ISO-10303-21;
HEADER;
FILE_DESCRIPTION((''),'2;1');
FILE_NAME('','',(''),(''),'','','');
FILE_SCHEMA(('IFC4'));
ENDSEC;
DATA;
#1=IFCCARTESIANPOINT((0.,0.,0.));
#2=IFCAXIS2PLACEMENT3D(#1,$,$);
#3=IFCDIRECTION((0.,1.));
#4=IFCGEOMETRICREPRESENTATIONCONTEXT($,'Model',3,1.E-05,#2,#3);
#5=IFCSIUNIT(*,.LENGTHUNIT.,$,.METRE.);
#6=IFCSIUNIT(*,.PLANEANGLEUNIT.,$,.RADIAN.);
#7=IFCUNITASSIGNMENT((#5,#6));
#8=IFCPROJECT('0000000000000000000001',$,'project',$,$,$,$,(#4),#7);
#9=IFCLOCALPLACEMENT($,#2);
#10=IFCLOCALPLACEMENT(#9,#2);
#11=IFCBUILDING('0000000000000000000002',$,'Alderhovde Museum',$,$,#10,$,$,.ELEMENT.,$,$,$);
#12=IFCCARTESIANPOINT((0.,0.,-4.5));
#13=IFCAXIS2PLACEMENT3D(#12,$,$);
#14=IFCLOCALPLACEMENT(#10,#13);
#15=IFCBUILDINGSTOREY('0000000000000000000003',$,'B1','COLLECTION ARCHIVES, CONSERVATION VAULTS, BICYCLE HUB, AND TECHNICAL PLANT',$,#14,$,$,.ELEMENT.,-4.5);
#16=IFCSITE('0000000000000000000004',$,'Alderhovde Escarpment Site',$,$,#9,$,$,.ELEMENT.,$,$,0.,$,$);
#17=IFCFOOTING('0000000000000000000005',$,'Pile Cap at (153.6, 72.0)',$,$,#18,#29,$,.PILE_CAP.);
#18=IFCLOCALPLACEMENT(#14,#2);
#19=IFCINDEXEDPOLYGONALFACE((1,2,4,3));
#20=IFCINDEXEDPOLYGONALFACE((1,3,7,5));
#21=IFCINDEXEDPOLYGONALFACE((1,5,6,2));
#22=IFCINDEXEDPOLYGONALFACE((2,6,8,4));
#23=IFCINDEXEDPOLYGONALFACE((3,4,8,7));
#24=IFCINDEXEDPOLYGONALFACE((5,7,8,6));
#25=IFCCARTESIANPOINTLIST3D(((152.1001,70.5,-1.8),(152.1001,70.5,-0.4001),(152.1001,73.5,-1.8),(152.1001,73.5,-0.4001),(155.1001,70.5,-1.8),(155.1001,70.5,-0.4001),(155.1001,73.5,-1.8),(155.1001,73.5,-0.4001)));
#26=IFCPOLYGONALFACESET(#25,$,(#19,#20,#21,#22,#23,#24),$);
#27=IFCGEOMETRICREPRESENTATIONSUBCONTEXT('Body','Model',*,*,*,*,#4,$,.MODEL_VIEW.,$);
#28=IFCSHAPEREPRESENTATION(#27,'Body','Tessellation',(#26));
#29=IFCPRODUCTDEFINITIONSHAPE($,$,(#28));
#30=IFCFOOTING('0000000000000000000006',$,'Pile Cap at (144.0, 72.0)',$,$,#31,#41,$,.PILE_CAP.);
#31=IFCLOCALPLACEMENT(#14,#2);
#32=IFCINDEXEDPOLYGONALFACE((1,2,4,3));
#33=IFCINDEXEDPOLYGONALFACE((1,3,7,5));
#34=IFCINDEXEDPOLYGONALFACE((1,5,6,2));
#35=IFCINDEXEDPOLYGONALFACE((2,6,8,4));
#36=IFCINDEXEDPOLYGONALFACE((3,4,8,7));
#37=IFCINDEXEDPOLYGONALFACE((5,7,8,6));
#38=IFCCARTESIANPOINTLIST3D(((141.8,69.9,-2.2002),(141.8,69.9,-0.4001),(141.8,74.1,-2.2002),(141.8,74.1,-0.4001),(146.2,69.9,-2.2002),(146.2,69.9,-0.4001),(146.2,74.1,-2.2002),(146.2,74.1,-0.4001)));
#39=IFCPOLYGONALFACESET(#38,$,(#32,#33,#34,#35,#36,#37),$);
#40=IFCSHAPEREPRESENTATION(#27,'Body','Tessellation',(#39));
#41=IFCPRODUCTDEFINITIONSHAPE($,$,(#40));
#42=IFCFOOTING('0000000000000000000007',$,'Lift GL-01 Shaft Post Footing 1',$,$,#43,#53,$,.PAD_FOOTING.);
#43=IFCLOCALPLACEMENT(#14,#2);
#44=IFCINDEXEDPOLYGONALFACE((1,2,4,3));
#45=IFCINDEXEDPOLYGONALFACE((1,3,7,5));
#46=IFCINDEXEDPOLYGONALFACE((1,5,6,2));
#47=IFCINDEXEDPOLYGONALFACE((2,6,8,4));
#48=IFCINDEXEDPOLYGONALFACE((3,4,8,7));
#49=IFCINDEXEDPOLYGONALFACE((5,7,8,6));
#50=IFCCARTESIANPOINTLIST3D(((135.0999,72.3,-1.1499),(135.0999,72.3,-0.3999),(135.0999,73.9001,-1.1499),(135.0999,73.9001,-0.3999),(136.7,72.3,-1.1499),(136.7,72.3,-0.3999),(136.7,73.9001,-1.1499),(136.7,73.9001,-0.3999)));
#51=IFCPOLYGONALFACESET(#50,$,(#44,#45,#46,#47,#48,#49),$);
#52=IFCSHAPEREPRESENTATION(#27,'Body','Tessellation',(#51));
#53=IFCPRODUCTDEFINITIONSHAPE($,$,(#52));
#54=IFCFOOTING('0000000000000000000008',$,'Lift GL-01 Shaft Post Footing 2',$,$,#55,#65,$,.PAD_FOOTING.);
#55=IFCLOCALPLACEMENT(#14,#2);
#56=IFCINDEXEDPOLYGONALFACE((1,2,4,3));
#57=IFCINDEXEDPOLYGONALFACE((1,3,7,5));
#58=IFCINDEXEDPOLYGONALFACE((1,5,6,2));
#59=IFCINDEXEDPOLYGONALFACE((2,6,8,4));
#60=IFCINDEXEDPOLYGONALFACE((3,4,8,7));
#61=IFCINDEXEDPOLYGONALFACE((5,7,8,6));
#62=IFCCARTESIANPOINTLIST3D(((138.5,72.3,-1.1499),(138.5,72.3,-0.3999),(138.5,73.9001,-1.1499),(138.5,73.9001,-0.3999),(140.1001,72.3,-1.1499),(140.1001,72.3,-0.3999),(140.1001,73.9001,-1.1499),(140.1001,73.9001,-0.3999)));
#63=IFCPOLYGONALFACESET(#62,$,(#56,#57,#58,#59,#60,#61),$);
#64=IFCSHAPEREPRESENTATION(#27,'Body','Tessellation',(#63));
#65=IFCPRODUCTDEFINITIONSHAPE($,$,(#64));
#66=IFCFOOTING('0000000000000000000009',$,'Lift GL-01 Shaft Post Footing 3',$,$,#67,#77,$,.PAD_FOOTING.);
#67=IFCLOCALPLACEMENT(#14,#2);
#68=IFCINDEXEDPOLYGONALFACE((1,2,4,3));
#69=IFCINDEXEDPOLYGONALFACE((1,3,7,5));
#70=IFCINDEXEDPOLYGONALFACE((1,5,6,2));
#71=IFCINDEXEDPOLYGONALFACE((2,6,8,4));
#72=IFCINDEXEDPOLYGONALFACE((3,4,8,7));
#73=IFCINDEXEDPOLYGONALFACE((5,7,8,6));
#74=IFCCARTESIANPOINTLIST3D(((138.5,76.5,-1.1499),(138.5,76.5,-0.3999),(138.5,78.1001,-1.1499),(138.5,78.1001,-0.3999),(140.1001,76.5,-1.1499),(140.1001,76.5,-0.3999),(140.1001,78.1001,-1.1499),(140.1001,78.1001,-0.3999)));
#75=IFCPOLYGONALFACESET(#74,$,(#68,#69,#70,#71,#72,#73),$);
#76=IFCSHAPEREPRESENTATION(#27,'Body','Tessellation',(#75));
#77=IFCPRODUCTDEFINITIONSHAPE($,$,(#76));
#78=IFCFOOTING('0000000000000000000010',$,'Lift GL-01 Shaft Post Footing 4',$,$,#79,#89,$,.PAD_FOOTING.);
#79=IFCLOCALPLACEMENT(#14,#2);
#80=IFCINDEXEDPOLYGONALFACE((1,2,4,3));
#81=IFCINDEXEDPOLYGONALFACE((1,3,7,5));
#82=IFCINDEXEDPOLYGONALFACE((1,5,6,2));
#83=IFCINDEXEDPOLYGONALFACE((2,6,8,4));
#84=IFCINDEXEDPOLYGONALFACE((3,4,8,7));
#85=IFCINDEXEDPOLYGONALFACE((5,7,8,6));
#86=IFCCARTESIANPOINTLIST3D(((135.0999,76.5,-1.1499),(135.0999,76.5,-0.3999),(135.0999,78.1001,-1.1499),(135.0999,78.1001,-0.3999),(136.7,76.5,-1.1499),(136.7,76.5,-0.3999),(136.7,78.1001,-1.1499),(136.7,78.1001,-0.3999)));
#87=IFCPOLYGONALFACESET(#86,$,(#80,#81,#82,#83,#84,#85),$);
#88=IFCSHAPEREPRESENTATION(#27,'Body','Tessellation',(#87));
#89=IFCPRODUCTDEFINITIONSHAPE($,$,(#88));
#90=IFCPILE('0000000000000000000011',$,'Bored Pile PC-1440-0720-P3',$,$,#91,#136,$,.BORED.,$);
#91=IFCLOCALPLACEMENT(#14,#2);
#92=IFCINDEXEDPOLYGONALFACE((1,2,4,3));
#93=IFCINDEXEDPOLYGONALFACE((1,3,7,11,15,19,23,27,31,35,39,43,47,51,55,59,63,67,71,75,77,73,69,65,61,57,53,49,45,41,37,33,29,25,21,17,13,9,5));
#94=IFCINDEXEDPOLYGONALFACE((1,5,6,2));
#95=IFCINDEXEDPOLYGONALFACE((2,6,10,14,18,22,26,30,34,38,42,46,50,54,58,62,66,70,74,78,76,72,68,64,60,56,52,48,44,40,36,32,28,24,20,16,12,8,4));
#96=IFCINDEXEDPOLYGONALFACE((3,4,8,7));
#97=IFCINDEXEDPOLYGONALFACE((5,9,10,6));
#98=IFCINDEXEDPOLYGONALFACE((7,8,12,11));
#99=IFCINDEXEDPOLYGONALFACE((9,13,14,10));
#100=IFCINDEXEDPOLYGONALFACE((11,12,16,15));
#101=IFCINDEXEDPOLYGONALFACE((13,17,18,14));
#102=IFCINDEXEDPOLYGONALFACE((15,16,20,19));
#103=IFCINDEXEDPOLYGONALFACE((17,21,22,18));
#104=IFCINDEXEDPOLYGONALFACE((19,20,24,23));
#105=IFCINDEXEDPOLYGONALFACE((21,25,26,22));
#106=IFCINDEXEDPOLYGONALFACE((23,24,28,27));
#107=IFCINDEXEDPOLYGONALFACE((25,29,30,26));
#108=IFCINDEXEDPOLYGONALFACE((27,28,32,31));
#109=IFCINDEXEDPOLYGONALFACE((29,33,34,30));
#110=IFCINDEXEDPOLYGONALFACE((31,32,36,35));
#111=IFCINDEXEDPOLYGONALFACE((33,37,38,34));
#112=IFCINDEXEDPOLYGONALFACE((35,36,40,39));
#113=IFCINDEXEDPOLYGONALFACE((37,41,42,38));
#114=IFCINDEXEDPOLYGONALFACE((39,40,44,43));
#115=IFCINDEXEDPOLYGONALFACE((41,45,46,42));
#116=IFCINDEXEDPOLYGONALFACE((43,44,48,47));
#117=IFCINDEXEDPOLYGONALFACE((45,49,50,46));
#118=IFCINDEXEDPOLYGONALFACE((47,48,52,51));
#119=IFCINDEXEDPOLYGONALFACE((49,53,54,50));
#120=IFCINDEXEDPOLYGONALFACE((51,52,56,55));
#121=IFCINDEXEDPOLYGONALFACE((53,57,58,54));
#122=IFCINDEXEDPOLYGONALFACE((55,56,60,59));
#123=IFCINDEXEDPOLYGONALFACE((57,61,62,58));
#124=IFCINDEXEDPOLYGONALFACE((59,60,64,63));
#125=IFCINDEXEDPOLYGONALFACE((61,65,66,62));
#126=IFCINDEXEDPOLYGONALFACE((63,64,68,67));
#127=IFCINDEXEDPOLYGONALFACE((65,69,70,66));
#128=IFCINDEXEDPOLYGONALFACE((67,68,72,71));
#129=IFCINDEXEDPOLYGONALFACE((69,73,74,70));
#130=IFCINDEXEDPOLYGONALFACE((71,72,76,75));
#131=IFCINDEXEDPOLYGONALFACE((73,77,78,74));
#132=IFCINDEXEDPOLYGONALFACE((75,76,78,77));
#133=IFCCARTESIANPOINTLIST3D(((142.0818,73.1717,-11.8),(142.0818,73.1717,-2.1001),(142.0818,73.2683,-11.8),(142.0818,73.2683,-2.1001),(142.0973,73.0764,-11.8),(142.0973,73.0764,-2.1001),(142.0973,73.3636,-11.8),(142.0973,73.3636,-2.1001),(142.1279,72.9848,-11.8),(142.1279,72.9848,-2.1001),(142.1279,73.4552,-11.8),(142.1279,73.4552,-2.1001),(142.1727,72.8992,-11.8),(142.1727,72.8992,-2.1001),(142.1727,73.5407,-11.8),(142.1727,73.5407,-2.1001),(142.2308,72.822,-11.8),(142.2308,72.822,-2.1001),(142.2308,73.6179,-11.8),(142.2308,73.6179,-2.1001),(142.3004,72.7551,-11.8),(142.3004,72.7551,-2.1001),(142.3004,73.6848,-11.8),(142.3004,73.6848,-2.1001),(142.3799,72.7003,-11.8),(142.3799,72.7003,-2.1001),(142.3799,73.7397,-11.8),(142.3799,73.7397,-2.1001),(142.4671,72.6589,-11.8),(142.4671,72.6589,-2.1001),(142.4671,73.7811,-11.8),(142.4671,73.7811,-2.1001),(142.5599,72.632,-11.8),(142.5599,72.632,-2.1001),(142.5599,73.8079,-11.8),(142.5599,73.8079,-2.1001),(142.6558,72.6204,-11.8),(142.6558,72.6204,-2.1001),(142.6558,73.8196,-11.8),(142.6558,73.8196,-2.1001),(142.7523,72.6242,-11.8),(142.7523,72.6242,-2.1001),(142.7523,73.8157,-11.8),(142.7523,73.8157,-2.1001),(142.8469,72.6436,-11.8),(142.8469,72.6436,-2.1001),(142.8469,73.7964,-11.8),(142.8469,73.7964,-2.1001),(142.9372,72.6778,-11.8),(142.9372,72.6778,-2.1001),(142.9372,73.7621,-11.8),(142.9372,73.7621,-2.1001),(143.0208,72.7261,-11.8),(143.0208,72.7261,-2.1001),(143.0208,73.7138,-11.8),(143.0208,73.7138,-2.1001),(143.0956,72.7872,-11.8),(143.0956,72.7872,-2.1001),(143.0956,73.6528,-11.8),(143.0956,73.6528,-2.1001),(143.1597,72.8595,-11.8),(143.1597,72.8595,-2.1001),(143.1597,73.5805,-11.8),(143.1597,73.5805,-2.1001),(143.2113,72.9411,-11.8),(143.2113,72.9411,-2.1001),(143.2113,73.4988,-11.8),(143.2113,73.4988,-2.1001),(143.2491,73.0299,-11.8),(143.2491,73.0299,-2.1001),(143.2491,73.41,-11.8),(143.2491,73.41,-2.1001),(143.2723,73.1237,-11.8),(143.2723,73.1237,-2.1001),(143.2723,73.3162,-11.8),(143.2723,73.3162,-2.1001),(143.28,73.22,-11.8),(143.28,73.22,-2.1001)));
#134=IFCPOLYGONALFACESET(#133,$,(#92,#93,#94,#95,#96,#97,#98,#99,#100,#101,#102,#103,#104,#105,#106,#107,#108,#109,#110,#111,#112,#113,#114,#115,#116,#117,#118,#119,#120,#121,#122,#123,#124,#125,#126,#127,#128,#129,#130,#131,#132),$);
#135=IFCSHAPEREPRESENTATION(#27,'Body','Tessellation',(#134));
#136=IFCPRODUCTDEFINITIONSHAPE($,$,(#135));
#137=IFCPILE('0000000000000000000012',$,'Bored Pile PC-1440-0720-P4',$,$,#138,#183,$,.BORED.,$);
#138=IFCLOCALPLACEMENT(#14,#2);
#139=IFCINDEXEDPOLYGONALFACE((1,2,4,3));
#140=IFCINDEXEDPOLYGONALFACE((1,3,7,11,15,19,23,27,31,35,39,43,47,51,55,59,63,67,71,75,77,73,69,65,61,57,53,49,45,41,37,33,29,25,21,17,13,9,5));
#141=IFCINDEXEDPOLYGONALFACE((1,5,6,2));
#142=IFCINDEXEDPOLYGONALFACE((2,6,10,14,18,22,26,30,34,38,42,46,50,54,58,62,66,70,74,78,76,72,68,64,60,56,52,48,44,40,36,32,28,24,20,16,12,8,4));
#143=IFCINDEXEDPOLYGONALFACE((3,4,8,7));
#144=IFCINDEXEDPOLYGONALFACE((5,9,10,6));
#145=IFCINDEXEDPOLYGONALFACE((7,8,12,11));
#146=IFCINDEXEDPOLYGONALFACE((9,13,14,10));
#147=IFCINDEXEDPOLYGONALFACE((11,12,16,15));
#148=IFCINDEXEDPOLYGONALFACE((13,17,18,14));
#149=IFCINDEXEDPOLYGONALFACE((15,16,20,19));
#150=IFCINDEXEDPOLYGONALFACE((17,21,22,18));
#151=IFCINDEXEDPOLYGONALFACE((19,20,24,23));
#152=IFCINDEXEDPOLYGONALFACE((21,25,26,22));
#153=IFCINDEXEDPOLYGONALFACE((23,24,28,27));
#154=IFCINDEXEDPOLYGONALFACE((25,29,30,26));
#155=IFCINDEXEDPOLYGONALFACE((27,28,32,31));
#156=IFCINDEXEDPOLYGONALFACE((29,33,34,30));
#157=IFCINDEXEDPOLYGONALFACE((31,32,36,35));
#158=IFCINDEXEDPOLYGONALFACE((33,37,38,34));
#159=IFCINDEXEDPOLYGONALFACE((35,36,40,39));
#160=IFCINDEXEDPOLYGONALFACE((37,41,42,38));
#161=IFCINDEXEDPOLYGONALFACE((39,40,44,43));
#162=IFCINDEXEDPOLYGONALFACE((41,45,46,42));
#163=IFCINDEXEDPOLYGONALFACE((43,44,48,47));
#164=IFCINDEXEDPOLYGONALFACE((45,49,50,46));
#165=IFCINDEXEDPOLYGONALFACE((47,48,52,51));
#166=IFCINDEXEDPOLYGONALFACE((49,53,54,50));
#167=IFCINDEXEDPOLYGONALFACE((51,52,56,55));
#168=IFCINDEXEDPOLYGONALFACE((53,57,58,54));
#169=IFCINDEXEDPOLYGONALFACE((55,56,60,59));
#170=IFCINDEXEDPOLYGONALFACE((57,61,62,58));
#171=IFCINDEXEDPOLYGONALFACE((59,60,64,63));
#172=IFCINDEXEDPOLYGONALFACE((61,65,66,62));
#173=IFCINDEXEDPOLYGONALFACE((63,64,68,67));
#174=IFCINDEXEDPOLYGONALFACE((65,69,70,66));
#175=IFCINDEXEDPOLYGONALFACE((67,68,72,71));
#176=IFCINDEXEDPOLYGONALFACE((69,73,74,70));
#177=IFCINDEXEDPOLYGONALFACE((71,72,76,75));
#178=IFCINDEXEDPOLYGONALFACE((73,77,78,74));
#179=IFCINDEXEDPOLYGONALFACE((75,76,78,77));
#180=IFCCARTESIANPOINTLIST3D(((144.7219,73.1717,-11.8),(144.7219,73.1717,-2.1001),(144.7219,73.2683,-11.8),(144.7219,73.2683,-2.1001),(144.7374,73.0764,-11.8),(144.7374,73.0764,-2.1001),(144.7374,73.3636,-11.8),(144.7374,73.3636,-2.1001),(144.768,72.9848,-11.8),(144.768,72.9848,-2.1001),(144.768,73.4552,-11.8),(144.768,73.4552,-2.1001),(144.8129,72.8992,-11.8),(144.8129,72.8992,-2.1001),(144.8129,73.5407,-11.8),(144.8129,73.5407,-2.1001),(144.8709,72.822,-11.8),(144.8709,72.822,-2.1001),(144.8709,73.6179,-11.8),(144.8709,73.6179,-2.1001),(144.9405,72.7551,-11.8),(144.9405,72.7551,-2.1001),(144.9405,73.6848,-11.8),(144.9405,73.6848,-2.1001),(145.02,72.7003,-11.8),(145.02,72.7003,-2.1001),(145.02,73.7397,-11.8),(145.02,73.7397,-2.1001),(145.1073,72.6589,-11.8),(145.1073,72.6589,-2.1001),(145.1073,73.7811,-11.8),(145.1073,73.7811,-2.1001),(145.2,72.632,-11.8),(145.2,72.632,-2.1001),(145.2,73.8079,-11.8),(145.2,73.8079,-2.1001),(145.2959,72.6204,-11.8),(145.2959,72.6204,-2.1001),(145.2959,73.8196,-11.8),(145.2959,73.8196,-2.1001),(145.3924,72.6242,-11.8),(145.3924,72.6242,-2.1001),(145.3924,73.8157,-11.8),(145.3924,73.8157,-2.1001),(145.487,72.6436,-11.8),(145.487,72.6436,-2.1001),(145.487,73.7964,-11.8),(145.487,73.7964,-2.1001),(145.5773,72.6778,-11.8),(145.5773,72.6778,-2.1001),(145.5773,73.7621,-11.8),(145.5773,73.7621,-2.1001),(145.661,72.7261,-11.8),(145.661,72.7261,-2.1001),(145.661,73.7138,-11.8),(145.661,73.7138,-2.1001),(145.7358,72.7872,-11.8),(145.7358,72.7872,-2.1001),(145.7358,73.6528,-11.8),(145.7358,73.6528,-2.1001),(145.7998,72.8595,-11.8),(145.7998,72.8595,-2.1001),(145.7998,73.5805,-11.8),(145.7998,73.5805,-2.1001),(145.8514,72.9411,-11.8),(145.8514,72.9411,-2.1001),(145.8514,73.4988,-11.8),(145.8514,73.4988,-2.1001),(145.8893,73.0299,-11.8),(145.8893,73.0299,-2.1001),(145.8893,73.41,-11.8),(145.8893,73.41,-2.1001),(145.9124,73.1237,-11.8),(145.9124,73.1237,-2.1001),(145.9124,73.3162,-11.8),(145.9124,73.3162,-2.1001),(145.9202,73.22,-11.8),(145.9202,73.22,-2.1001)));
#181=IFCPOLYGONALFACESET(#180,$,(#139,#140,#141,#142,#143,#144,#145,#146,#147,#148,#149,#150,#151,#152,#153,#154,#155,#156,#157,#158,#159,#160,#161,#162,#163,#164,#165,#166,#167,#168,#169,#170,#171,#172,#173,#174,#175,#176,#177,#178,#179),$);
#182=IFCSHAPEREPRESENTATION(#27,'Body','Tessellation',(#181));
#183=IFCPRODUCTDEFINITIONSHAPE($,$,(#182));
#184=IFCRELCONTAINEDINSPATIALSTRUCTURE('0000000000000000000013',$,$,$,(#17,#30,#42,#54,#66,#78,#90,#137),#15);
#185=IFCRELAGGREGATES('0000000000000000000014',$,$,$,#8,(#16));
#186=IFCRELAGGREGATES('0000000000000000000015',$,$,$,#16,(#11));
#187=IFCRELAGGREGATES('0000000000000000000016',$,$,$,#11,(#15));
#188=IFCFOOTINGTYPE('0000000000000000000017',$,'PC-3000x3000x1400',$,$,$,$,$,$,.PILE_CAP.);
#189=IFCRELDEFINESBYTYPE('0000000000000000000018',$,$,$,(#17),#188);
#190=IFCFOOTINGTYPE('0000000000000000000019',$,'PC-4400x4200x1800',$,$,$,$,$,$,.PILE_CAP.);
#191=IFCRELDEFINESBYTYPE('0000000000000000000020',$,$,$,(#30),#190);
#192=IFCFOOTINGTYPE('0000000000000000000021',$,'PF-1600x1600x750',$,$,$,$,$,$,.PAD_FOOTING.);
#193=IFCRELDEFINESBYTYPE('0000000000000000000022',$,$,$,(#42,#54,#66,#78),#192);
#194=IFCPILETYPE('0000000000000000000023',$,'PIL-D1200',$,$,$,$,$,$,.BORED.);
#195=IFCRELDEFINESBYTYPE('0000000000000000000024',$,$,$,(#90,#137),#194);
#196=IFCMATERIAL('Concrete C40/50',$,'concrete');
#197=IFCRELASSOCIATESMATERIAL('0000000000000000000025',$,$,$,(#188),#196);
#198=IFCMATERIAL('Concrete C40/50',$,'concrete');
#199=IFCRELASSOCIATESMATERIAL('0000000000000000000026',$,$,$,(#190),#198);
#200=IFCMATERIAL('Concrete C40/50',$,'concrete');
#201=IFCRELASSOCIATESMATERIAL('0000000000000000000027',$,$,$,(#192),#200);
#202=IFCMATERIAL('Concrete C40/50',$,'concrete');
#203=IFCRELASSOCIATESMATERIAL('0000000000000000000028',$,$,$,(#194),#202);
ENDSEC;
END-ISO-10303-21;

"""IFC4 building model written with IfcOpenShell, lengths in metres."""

from ifc_helpers import new_model, si_unit, direction, frame, origin, origin_2d, place, context, subcontext, project, spatial, rectangle, circle, extrude, material, material_profile, profile_set, type_object, element, save


model = new_model("IFC4")

# Units and contexts
model_context = context("Model", 3, precision=1e-05, world=origin(), true_north=direction((0.0, 1.0)))
body_context = subcontext(model_context, "Body", "Model", "MODEL_VIEW")
ifc_project = project(units=[si_unit("LENGTHUNIT", "METRE"), si_unit("PLANEANGLEUNIT", "RADIAN")], contexts=[model_context])

# Site, building, storey
site_placement = place(None, origin())
site = spatial("IfcSite", under=ifc_project, at=site_placement, Name="Alderhovde Escarpment Site", CompositionType="ELEMENT", RefElevation=0.0)
building_placement = place(site_placement, origin())
building = spatial("IfcBuilding", under=site, at=building_placement, Name="Alderhovde Museum", CompositionType="ELEMENT")
storey_placement = place(building_placement, frame((0.0, 0.0, -4.5)))
storey = spatial("IfcBuildingStorey", under=building, at=storey_placement, Name="B1", Description="COLLECTION ARCHIVES, CONSERVATION VAULTS, BICYCLE HUB, AND TECHNICAL PLANT", CompositionType="ELEMENT", Elevation=-4.5)

# Footings
ifc_material_1 = material(Name="Concrete C40/50", Category="concrete")
footing_type_1 = type_object("IfcFootingType", Name="PC-3000x3000x1400", PredefinedType="PILE_CAP", material=ifc_material_1)
footing_1_placement = place(storey_placement, frame((153.6001, 72.0, -1.8), z_axis=(0.0, 0.0, 1.0), x_axis=(1.0, 0.0, 0.0)))
element("IfcFooting", 1, at=footing_1_placement, inside=storey, type_object=footing_type_1, Name="Pile Cap at (153.6, 72.0)", PredefinedType="PILE_CAP", context=body_context, shape_type="SweptSolid", body=[
    extrude(rectangle(XDim=3.0, YDim=3.0, at=origin_2d()), origin(), (0.0, 0.0, 1.0), 1.3999),
])
ifc_material_2 = material(Name="Concrete C40/50", Category="concrete")
footing_type_2 = type_object("IfcFootingType", Name="PC-4400x4200x1800", PredefinedType="PILE_CAP", material=ifc_material_2)
footing_2_placement = place(storey_placement, frame((144.0, 72.0, -2.2002), z_axis=(0.0, 0.0, 1.0), x_axis=(1.0, 0.0, 0.0)))
element("IfcFooting", 2, at=footing_2_placement, inside=storey, type_object=footing_type_2, Name="Pile Cap at (144.0, 72.0)", PredefinedType="PILE_CAP", context=body_context, shape_type="SweptSolid", body=[
    extrude(rectangle(XDim=4.3999, YDim=4.2, at=origin_2d()), origin(), (0.0, 0.0, 1.0), 1.8),
])
ifc_material_3 = material(Name="Concrete C40/50", Category="concrete")
footing_type_3 = type_object("IfcFootingType", Name="PF-1600x1600x750", PredefinedType="PAD_FOOTING", material=ifc_material_3)
for number, where, z_axis, x_axis, name in (
    (3, (135.8999, 73.1001, -1.1499), (0.0, 0.0, 1.0), (1.0, 0.0, 0.0), "Lift GL-01 Shaft Post Footing 1"),
    (4, (139.3, 73.1001, -1.1499), (0.0, 0.0, 1.0), (1.0, 0.0, 0.0), "Lift GL-01 Shaft Post Footing 2"),
    (5, (139.3, 77.3, -1.1499), (0.0, 0.0, 1.0), (1.0, 0.0, 0.0), "Lift GL-01 Shaft Post Footing 3"),
    (6, (135.8999, 77.3, -1.1499), (0.0, 0.0, 1.0), (1.0, 0.0, 0.0), "Lift GL-01 Shaft Post Footing 4"),
):
    element("IfcFooting", number, at=place(storey_placement, frame(where, z_axis=z_axis, x_axis=x_axis)), inside=storey, type_object=footing_type_3, Name=name, PredefinedType="PAD_FOOTING", context=body_context, shape_type="SweptSolid", body=[
        extrude(rectangle(XDim=1.6001, YDim=1.6001, at=origin_2d()), origin(), (0.0, 0.0, 1.0), 0.75),
    ])

# Piles
ifc_material_4 = material(Name="Concrete C40/50", Category="concrete")
ifc_material_profile_1 = material_profile(ifc_material_4, circle(Radius=0.6001, at=origin_2d()), Name="PILE-D1200")
ifc_profile_set_1 = profile_set([ifc_material_profile_1], Name="Concrete C40/50")
pile_type_1 = type_object("IfcPileType", Name="PIL-D1200", PredefinedType="BORED", material=ifc_profile_set_1)
for number, where, z_axis, x_axis, name in (
    (7, (142.6799, 73.22, -2.1001), (0.0, 0.0, -1.0), (1.0, 0.0, 0.0), "Bored Pile PC-1440-0720-P3"),
    (8, (145.3201, 73.22, -2.1001), (0.0, 0.0, -1.0), (1.0, 0.0, 0.0), "Bored Pile PC-1440-0720-P4"),
):
    element("IfcPile", number, at=place(storey_placement, frame(where, z_axis=z_axis, x_axis=x_axis)), inside=storey, type_object=pile_type_1, Name=name, PredefinedType="BORED", context=body_context, shape_type="SweptSolid", body=[
        extrude(circle(Radius=0.6001, at=origin_2d()), origin(), (0.0, 0.0, 1.0), 9.7),
    ])

save(model, "model.ifc")
